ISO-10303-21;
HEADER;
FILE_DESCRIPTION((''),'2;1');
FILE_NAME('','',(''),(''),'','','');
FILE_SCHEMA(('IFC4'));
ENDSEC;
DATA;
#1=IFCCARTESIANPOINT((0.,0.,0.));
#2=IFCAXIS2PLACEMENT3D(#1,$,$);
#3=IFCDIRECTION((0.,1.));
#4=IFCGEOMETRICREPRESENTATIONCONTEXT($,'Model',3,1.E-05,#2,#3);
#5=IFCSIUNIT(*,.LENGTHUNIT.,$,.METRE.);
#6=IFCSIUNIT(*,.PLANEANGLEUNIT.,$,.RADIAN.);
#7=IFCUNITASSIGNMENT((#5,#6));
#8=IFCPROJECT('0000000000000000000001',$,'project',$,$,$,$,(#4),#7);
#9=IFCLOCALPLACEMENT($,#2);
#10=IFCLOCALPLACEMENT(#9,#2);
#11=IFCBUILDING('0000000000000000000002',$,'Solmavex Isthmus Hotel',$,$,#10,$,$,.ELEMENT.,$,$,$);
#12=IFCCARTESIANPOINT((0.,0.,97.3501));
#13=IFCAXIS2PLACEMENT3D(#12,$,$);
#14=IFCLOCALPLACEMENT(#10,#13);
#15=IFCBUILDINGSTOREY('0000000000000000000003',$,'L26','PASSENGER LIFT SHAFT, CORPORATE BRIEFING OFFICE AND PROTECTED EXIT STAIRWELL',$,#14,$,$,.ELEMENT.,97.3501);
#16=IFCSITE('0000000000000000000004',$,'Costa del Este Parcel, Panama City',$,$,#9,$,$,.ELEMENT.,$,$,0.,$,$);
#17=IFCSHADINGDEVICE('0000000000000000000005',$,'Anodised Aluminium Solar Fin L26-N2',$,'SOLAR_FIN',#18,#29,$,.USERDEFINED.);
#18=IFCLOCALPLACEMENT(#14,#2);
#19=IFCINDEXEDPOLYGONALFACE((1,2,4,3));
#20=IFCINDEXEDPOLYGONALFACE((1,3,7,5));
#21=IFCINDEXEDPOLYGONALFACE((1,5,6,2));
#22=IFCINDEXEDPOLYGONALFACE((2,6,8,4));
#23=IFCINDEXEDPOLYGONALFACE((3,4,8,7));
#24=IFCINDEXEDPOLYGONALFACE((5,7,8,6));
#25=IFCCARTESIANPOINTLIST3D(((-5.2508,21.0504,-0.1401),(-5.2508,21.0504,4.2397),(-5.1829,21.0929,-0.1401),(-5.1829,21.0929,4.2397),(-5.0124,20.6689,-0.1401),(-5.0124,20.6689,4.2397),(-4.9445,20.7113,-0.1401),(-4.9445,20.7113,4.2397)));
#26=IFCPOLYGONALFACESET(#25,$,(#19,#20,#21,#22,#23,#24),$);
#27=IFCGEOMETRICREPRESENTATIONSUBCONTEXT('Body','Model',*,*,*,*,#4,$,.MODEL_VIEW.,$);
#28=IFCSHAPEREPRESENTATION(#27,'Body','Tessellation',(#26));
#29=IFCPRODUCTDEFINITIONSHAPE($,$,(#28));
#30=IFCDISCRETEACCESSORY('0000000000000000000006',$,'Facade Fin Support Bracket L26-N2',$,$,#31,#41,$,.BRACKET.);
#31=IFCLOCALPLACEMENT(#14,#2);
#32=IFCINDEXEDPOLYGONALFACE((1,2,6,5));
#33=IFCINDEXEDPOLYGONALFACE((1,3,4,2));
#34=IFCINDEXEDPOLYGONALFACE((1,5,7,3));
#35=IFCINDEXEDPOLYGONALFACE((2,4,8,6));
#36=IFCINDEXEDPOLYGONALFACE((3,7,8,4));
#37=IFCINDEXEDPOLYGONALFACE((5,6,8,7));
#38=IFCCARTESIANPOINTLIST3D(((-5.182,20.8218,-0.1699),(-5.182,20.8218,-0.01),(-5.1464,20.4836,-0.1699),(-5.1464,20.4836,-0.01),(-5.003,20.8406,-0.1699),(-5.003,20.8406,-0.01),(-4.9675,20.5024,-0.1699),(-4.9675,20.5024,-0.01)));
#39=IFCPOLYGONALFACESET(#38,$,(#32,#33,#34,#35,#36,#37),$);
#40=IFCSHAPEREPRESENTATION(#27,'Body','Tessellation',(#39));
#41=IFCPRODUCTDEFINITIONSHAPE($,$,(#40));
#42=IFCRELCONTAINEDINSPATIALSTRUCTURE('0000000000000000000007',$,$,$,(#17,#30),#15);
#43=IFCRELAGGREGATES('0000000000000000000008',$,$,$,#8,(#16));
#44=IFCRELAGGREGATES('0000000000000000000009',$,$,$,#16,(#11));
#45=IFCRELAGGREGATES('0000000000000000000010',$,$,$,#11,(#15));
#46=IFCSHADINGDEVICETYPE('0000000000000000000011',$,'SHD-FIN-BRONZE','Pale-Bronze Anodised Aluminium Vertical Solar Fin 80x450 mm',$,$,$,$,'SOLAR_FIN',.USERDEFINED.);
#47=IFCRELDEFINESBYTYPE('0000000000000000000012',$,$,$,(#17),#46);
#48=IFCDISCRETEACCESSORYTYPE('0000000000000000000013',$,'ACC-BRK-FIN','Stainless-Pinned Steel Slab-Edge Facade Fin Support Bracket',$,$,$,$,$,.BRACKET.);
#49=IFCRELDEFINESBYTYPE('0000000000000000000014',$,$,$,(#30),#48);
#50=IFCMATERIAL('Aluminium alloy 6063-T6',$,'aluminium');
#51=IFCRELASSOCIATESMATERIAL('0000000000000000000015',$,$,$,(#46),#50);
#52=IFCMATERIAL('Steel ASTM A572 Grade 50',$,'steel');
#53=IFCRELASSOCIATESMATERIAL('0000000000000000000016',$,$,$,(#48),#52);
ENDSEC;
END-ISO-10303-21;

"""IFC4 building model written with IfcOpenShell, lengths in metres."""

from ifc_helpers import new_model, si_unit, direction, frame, origin, origin_2d, place, context, subcontext, project, spatial, rectangle, extrude, material, type_object, element, save


model = new_model("IFC4")

# Units and contexts
model_context = context("Model", 3, precision=1e-05, world=origin(), true_north=direction((0.0, 1.0)))
body_context = subcontext(model_context, "Body", "Model", "MODEL_VIEW")
ifc_project = project(units=[si_unit("LENGTHUNIT", "METRE"), si_unit("PLANEANGLEUNIT", "RADIAN")], contexts=[model_context])

# Site, building, storey
site_placement = place(None, origin())
site = spatial("IfcSite", under=ifc_project, at=site_placement, Name="Costa del Este Parcel, Panama City", CompositionType="ELEMENT", RefElevation=0.0)
building_placement = place(site_placement, origin())
building = spatial("IfcBuilding", under=site, at=building_placement, Name="Solmavex Isthmus Hotel", CompositionType="ELEMENT")
storey_placement = place(building_placement, frame((0.0, 0.0, 97.3501)))
storey = spatial("IfcBuildingStorey", under=building, at=storey_placement, Name="L26", Description="PASSENGER LIFT SHAFT, CORPORATE BRIEFING OFFICE AND PROTECTED EXIT STAIRWELL", CompositionType="ELEMENT", Elevation=97.3501)

# Shared definitions
ifc_material_1 = material(Name="Aluminium alloy 6063-T6", Category="aluminium")

# Shading device
shading_device_type = type_object("IfcShadingDeviceType", Name="SHD-FIN-BRONZE", Description="Pale-Bronze Anodised Aluminium Vertical Solar Fin 80x450 mm", ElementType="SOLAR_FIN", PredefinedType="USERDEFINED", material=ifc_material_1)
shading_device_placement = place(storey_placement, frame((-5.0977, 20.8809, -0.1401), z_axis=(0.0, 0.0, 1.0), x_axis=(-0.529919, 0.848048, 0.0)))
element("IfcShadingDevice", 1, at=shading_device_placement, inside=storey, type_object=shading_device_type, Name="Anodised Aluminium Solar Fin L26-N2", ObjectType="SOLAR_FIN", PredefinedType="USERDEFINED", context=body_context, shape_type="SweptSolid", body=[
    extrude(rectangle(XDim=0.45, YDim=0.0801, at=origin_2d()), origin(), (0.0, 0.0, 1.0), 4.3799),
])

# Discrete accessory
ifc_material_2 = material(Name="Steel ASTM A572 Grade 50", Category="steel")
discrete_accessory_type = type_object("IfcDiscreteAccessoryType", Name="ACC-BRK-FIN", Description="Stainless-Pinned Steel Slab-Edge Facade Fin Support Bracket", PredefinedType="BRACKET", material=ifc_material_2)
discrete_accessory_placement = place(storey_placement, frame((-5.0747, 20.6621, -0.1699), z_axis=(0.0, 0.0, 1.0), x_axis=(-0.104528, 0.994522, 0.0)))
element("IfcDiscreteAccessory", 2, at=discrete_accessory_placement, inside=storey, type_object=discrete_accessory_type, Name="Facade Fin Support Bracket L26-N2", PredefinedType="BRACKET", context=body_context, shape_type="SweptSolid", body=[
    extrude(rectangle(XDim=0.3401, YDim=0.1799, at=origin_2d()), origin(), (0.0, 0.0, 1.0), 0.1599),
])

save(model, "model.ifc")
